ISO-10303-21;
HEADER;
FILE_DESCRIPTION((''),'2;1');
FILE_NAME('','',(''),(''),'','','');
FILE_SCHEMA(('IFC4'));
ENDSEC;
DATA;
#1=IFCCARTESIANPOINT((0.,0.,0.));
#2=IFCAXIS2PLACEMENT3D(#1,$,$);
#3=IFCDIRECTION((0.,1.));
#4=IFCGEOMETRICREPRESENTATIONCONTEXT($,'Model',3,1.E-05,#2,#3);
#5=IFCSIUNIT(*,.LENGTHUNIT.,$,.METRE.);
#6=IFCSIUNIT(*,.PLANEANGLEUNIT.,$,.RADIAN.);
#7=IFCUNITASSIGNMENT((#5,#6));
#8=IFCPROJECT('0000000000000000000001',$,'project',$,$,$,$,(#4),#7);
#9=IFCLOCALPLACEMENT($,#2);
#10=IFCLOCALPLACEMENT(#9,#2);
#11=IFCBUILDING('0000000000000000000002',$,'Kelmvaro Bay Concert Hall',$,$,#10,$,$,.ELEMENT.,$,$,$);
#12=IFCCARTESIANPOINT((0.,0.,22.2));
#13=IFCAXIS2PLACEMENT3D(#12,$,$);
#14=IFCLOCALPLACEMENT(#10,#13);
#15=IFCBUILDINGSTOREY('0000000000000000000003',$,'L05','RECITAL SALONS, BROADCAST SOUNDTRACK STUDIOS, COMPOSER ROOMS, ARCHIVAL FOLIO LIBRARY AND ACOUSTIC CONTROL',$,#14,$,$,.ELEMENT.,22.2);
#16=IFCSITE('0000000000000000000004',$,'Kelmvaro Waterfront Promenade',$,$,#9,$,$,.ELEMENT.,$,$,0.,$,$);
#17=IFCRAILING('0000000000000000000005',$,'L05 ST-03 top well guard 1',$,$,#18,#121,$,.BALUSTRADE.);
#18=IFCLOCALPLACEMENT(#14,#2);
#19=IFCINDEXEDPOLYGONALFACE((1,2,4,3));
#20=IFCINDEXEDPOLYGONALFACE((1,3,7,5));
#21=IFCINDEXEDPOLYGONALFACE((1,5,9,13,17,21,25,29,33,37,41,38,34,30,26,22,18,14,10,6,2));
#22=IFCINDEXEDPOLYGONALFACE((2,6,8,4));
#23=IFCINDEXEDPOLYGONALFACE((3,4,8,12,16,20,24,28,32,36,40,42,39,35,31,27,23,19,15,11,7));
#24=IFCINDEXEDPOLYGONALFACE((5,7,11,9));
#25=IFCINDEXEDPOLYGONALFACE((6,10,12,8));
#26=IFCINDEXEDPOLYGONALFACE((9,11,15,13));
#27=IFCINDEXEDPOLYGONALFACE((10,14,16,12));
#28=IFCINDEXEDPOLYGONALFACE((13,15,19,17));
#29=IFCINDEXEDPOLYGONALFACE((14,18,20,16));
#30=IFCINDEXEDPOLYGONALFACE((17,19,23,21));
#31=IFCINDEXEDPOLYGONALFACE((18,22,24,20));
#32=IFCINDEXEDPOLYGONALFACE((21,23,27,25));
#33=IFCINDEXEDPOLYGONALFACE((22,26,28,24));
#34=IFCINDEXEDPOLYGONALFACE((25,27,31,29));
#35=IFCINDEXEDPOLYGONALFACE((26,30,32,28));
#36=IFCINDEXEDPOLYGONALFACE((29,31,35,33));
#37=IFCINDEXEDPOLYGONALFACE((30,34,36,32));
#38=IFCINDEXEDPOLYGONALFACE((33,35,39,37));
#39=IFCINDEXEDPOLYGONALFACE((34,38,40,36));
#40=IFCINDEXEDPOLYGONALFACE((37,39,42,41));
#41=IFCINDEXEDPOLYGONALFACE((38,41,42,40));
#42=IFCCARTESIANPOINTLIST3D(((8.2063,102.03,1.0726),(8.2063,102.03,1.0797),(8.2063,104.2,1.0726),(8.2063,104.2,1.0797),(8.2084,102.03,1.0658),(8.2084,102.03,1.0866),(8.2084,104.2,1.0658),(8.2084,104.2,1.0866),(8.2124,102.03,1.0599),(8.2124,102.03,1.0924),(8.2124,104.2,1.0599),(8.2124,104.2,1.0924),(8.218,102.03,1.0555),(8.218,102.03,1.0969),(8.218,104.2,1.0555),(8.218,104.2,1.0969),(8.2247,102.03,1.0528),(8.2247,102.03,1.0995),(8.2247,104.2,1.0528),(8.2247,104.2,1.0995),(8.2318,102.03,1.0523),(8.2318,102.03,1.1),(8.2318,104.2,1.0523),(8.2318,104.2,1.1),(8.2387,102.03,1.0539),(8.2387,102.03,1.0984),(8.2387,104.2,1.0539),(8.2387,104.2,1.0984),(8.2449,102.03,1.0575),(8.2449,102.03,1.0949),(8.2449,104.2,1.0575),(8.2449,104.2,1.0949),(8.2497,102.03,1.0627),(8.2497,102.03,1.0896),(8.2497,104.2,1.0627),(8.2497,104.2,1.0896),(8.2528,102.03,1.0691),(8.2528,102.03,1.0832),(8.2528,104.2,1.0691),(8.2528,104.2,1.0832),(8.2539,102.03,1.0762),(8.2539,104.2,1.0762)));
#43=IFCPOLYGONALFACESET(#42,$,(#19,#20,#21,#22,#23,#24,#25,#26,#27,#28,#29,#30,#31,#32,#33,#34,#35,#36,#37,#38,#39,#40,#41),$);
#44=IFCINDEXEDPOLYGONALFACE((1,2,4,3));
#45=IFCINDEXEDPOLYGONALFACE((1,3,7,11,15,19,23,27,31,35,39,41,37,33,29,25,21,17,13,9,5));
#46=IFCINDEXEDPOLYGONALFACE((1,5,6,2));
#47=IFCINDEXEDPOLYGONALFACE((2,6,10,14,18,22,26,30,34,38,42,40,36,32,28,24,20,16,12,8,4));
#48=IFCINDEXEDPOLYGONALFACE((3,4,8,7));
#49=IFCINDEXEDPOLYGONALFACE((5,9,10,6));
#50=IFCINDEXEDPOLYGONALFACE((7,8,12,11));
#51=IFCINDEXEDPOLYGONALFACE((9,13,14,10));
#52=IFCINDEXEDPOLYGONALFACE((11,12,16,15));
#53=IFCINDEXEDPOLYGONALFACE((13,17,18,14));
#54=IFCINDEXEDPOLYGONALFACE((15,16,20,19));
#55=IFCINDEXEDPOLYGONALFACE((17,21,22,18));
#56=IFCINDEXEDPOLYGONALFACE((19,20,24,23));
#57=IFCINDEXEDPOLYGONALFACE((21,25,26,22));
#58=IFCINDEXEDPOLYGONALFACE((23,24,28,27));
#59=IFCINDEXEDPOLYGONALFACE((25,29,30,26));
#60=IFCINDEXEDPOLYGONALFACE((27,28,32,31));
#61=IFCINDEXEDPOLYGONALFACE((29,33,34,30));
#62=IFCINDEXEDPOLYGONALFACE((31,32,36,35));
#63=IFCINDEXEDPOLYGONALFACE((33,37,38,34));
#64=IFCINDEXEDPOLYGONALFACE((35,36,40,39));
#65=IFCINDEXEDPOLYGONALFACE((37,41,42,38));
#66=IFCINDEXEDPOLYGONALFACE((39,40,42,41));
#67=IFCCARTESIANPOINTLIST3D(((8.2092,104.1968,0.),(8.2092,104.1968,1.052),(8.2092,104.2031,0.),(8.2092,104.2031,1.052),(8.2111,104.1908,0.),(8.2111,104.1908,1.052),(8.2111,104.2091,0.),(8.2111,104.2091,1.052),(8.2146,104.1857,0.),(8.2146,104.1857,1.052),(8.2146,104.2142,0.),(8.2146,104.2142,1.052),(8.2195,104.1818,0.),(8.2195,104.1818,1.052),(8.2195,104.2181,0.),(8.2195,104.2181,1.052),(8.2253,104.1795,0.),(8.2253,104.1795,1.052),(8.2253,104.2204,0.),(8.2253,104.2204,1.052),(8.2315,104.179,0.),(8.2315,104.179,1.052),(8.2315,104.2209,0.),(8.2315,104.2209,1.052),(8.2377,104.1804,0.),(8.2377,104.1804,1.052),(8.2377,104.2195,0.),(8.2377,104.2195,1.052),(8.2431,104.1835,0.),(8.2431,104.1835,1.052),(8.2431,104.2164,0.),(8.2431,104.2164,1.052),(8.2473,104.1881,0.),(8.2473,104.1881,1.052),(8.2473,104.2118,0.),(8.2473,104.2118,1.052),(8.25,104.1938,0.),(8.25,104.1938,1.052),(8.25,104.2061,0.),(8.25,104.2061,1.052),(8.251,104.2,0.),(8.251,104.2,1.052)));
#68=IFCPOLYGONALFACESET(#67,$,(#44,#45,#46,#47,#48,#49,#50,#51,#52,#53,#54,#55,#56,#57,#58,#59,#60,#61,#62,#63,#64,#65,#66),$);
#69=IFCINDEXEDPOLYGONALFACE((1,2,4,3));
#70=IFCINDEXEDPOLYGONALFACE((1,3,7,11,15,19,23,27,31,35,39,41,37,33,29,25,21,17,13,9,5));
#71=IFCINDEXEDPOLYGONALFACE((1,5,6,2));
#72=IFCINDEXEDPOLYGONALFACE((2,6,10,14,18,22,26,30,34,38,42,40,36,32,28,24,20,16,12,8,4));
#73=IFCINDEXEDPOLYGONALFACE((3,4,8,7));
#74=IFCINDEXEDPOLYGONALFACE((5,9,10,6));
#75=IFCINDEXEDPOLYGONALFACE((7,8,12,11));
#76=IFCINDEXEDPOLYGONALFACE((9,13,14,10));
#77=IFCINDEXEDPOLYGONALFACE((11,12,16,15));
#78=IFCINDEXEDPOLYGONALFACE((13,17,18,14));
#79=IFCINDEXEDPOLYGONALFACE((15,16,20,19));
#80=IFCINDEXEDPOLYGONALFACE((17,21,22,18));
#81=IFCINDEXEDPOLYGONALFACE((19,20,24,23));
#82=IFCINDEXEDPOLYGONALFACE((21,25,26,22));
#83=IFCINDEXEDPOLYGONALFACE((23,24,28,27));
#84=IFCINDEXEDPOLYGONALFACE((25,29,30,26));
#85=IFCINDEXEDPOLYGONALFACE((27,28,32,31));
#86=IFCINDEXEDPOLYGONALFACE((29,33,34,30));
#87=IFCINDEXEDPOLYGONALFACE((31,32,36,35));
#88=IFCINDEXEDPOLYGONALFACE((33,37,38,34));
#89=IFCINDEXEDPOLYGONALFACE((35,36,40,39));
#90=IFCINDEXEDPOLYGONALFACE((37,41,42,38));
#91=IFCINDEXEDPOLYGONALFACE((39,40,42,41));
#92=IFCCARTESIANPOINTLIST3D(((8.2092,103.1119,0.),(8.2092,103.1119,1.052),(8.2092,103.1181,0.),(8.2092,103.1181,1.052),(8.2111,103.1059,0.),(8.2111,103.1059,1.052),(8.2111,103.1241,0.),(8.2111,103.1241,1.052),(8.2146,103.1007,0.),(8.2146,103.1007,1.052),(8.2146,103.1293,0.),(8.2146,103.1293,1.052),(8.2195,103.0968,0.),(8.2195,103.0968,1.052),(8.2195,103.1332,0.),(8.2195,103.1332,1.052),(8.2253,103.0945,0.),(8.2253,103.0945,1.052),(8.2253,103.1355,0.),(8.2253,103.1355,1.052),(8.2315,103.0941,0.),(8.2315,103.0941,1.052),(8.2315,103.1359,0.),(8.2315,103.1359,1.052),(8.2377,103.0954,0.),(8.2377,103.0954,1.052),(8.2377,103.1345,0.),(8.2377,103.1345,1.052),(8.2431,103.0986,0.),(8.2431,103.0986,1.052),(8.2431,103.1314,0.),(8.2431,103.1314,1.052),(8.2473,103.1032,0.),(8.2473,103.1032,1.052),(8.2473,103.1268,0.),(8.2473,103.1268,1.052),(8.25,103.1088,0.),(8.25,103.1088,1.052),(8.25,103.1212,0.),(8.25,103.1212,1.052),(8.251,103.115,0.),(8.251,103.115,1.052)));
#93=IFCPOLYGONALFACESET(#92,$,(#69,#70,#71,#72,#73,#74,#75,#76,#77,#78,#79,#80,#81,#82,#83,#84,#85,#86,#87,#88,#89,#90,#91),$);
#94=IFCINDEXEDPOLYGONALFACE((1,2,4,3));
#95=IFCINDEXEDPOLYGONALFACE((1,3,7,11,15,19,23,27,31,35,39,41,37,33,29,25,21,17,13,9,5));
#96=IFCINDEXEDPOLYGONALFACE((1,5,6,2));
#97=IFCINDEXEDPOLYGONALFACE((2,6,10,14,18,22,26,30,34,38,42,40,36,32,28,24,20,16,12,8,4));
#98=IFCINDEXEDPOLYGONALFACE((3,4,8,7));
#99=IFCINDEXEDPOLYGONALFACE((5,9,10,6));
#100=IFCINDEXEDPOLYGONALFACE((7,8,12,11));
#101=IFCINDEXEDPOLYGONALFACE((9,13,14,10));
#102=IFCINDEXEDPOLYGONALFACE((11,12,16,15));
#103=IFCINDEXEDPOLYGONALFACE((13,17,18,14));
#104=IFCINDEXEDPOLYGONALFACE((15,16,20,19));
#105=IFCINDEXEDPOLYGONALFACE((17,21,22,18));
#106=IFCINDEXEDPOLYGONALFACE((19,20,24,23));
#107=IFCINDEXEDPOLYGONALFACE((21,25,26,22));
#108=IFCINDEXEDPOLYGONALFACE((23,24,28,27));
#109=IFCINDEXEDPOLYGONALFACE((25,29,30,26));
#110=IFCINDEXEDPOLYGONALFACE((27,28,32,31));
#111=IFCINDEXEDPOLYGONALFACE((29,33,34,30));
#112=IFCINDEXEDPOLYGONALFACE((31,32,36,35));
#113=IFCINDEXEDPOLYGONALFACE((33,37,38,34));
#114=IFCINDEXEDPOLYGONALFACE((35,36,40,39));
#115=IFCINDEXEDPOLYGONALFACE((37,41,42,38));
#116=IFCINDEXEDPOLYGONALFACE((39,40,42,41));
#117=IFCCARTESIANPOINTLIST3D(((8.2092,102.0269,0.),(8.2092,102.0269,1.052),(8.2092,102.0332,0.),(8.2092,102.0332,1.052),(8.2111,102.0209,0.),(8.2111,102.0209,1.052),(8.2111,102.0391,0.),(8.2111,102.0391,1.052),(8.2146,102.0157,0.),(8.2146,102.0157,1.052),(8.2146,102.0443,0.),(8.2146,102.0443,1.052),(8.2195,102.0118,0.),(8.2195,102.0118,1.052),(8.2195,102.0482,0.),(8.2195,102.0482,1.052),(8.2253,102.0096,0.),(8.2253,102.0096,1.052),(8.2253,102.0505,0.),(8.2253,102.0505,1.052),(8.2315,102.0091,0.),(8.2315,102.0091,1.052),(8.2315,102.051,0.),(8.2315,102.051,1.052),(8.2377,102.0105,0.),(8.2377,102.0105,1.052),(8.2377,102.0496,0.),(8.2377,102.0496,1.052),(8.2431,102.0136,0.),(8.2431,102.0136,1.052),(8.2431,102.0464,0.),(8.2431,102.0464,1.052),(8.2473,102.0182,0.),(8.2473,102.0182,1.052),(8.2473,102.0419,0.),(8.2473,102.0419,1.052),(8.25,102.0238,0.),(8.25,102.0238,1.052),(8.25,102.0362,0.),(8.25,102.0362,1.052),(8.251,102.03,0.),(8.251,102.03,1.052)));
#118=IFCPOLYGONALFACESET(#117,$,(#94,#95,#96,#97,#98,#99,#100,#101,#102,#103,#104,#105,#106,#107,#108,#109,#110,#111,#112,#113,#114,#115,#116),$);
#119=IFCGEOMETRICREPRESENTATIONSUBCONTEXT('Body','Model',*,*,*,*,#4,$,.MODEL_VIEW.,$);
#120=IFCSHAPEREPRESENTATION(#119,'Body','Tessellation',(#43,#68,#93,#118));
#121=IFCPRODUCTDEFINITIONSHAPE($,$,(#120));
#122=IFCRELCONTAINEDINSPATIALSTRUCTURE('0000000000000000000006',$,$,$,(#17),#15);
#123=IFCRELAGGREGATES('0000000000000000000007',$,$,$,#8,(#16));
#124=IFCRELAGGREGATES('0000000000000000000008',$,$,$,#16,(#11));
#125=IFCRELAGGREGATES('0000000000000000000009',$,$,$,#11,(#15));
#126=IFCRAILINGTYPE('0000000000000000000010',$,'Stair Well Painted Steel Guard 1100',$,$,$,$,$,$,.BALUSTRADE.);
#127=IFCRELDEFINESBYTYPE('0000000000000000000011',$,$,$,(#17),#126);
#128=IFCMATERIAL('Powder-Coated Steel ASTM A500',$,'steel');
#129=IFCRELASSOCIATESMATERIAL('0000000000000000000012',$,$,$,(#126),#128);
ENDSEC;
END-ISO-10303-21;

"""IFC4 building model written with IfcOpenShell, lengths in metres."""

from ifc_helpers import new_model, si_unit, direction, frame, origin, origin_2d, place, context, subcontext, project, spatial, circle, extrude, material, type_object, element, save


model = new_model("IFC4")

# Units and contexts
model_context = context("Model", 3, precision=1e-05, world=origin(), true_north=direction((0.0, 1.0)))
body_context = subcontext(model_context, "Body", "Model", "MODEL_VIEW")
ifc_project = project(units=[si_unit("LENGTHUNIT", "METRE"), si_unit("PLANEANGLEUNIT", "RADIAN")], contexts=[model_context])

# Site, building, storey
site_placement = place(None, origin())
site = spatial("IfcSite", under=ifc_project, at=site_placement, Name="Kelmvaro Waterfront Promenade", CompositionType="ELEMENT", RefElevation=0.0)
building_placement = place(site_placement, origin())
building = spatial("IfcBuilding", under=site, at=building_placement, Name="Kelmvaro Bay Concert Hall", CompositionType="ELEMENT")
storey_placement = place(building_placement, frame((0.0, 0.0, 22.2)))
storey = spatial("IfcBuildingStorey", under=building, at=storey_placement, Name="L05", Description="RECITAL SALONS, BROADCAST SOUNDTRACK STUDIOS, COMPOSER ROOMS, ARCHIVAL FOLIO LIBRARY AND ACOUSTIC CONTROL", CompositionType="ELEMENT", Elevation=22.2)

# Railing
ifc_material_1 = material(Name="Powder-Coated Steel ASTM A500", Category="steel")
railing_type = type_object("IfcRailingType", Name="Stair Well Painted Steel Guard 1100", PredefinedType="BALUSTRADE", material=ifc_material_1)
railing_placement = place(storey_placement, frame((8.23, 104.2, 0.0)))
element("IfcRailing", 1, at=railing_placement, inside=storey, type_object=railing_type, Name="L05 ST-03 top well guard 1", PredefinedType="BALUSTRADE", context=body_context, shape_type="SweptSolid", body=[
    extrude(circle(Radius=0.0239, at=origin_2d()), frame((0.0, 0.0, 1.0762), z_axis=(0.0, -1.0, 0.0), x_axis=(1.0, 0.0, 0.0)), (0.0, 0.0, 1.0), 2.1699),
    extrude(circle(Radius=0.021, at=origin_2d()), origin(), (0.0, 0.0, 1.0), 1.052),
    extrude(circle(Radius=0.021, at=origin_2d()), frame((0.0, -1.085, 0.0)), (0.0, 0.0, 1.0), 1.052),
    extrude(circle(Radius=0.021, at=origin_2d()), frame((0.0, -2.1699, 0.0)), (0.0, 0.0, 1.0), 1.052),
])

save(model, "model.ifc")
